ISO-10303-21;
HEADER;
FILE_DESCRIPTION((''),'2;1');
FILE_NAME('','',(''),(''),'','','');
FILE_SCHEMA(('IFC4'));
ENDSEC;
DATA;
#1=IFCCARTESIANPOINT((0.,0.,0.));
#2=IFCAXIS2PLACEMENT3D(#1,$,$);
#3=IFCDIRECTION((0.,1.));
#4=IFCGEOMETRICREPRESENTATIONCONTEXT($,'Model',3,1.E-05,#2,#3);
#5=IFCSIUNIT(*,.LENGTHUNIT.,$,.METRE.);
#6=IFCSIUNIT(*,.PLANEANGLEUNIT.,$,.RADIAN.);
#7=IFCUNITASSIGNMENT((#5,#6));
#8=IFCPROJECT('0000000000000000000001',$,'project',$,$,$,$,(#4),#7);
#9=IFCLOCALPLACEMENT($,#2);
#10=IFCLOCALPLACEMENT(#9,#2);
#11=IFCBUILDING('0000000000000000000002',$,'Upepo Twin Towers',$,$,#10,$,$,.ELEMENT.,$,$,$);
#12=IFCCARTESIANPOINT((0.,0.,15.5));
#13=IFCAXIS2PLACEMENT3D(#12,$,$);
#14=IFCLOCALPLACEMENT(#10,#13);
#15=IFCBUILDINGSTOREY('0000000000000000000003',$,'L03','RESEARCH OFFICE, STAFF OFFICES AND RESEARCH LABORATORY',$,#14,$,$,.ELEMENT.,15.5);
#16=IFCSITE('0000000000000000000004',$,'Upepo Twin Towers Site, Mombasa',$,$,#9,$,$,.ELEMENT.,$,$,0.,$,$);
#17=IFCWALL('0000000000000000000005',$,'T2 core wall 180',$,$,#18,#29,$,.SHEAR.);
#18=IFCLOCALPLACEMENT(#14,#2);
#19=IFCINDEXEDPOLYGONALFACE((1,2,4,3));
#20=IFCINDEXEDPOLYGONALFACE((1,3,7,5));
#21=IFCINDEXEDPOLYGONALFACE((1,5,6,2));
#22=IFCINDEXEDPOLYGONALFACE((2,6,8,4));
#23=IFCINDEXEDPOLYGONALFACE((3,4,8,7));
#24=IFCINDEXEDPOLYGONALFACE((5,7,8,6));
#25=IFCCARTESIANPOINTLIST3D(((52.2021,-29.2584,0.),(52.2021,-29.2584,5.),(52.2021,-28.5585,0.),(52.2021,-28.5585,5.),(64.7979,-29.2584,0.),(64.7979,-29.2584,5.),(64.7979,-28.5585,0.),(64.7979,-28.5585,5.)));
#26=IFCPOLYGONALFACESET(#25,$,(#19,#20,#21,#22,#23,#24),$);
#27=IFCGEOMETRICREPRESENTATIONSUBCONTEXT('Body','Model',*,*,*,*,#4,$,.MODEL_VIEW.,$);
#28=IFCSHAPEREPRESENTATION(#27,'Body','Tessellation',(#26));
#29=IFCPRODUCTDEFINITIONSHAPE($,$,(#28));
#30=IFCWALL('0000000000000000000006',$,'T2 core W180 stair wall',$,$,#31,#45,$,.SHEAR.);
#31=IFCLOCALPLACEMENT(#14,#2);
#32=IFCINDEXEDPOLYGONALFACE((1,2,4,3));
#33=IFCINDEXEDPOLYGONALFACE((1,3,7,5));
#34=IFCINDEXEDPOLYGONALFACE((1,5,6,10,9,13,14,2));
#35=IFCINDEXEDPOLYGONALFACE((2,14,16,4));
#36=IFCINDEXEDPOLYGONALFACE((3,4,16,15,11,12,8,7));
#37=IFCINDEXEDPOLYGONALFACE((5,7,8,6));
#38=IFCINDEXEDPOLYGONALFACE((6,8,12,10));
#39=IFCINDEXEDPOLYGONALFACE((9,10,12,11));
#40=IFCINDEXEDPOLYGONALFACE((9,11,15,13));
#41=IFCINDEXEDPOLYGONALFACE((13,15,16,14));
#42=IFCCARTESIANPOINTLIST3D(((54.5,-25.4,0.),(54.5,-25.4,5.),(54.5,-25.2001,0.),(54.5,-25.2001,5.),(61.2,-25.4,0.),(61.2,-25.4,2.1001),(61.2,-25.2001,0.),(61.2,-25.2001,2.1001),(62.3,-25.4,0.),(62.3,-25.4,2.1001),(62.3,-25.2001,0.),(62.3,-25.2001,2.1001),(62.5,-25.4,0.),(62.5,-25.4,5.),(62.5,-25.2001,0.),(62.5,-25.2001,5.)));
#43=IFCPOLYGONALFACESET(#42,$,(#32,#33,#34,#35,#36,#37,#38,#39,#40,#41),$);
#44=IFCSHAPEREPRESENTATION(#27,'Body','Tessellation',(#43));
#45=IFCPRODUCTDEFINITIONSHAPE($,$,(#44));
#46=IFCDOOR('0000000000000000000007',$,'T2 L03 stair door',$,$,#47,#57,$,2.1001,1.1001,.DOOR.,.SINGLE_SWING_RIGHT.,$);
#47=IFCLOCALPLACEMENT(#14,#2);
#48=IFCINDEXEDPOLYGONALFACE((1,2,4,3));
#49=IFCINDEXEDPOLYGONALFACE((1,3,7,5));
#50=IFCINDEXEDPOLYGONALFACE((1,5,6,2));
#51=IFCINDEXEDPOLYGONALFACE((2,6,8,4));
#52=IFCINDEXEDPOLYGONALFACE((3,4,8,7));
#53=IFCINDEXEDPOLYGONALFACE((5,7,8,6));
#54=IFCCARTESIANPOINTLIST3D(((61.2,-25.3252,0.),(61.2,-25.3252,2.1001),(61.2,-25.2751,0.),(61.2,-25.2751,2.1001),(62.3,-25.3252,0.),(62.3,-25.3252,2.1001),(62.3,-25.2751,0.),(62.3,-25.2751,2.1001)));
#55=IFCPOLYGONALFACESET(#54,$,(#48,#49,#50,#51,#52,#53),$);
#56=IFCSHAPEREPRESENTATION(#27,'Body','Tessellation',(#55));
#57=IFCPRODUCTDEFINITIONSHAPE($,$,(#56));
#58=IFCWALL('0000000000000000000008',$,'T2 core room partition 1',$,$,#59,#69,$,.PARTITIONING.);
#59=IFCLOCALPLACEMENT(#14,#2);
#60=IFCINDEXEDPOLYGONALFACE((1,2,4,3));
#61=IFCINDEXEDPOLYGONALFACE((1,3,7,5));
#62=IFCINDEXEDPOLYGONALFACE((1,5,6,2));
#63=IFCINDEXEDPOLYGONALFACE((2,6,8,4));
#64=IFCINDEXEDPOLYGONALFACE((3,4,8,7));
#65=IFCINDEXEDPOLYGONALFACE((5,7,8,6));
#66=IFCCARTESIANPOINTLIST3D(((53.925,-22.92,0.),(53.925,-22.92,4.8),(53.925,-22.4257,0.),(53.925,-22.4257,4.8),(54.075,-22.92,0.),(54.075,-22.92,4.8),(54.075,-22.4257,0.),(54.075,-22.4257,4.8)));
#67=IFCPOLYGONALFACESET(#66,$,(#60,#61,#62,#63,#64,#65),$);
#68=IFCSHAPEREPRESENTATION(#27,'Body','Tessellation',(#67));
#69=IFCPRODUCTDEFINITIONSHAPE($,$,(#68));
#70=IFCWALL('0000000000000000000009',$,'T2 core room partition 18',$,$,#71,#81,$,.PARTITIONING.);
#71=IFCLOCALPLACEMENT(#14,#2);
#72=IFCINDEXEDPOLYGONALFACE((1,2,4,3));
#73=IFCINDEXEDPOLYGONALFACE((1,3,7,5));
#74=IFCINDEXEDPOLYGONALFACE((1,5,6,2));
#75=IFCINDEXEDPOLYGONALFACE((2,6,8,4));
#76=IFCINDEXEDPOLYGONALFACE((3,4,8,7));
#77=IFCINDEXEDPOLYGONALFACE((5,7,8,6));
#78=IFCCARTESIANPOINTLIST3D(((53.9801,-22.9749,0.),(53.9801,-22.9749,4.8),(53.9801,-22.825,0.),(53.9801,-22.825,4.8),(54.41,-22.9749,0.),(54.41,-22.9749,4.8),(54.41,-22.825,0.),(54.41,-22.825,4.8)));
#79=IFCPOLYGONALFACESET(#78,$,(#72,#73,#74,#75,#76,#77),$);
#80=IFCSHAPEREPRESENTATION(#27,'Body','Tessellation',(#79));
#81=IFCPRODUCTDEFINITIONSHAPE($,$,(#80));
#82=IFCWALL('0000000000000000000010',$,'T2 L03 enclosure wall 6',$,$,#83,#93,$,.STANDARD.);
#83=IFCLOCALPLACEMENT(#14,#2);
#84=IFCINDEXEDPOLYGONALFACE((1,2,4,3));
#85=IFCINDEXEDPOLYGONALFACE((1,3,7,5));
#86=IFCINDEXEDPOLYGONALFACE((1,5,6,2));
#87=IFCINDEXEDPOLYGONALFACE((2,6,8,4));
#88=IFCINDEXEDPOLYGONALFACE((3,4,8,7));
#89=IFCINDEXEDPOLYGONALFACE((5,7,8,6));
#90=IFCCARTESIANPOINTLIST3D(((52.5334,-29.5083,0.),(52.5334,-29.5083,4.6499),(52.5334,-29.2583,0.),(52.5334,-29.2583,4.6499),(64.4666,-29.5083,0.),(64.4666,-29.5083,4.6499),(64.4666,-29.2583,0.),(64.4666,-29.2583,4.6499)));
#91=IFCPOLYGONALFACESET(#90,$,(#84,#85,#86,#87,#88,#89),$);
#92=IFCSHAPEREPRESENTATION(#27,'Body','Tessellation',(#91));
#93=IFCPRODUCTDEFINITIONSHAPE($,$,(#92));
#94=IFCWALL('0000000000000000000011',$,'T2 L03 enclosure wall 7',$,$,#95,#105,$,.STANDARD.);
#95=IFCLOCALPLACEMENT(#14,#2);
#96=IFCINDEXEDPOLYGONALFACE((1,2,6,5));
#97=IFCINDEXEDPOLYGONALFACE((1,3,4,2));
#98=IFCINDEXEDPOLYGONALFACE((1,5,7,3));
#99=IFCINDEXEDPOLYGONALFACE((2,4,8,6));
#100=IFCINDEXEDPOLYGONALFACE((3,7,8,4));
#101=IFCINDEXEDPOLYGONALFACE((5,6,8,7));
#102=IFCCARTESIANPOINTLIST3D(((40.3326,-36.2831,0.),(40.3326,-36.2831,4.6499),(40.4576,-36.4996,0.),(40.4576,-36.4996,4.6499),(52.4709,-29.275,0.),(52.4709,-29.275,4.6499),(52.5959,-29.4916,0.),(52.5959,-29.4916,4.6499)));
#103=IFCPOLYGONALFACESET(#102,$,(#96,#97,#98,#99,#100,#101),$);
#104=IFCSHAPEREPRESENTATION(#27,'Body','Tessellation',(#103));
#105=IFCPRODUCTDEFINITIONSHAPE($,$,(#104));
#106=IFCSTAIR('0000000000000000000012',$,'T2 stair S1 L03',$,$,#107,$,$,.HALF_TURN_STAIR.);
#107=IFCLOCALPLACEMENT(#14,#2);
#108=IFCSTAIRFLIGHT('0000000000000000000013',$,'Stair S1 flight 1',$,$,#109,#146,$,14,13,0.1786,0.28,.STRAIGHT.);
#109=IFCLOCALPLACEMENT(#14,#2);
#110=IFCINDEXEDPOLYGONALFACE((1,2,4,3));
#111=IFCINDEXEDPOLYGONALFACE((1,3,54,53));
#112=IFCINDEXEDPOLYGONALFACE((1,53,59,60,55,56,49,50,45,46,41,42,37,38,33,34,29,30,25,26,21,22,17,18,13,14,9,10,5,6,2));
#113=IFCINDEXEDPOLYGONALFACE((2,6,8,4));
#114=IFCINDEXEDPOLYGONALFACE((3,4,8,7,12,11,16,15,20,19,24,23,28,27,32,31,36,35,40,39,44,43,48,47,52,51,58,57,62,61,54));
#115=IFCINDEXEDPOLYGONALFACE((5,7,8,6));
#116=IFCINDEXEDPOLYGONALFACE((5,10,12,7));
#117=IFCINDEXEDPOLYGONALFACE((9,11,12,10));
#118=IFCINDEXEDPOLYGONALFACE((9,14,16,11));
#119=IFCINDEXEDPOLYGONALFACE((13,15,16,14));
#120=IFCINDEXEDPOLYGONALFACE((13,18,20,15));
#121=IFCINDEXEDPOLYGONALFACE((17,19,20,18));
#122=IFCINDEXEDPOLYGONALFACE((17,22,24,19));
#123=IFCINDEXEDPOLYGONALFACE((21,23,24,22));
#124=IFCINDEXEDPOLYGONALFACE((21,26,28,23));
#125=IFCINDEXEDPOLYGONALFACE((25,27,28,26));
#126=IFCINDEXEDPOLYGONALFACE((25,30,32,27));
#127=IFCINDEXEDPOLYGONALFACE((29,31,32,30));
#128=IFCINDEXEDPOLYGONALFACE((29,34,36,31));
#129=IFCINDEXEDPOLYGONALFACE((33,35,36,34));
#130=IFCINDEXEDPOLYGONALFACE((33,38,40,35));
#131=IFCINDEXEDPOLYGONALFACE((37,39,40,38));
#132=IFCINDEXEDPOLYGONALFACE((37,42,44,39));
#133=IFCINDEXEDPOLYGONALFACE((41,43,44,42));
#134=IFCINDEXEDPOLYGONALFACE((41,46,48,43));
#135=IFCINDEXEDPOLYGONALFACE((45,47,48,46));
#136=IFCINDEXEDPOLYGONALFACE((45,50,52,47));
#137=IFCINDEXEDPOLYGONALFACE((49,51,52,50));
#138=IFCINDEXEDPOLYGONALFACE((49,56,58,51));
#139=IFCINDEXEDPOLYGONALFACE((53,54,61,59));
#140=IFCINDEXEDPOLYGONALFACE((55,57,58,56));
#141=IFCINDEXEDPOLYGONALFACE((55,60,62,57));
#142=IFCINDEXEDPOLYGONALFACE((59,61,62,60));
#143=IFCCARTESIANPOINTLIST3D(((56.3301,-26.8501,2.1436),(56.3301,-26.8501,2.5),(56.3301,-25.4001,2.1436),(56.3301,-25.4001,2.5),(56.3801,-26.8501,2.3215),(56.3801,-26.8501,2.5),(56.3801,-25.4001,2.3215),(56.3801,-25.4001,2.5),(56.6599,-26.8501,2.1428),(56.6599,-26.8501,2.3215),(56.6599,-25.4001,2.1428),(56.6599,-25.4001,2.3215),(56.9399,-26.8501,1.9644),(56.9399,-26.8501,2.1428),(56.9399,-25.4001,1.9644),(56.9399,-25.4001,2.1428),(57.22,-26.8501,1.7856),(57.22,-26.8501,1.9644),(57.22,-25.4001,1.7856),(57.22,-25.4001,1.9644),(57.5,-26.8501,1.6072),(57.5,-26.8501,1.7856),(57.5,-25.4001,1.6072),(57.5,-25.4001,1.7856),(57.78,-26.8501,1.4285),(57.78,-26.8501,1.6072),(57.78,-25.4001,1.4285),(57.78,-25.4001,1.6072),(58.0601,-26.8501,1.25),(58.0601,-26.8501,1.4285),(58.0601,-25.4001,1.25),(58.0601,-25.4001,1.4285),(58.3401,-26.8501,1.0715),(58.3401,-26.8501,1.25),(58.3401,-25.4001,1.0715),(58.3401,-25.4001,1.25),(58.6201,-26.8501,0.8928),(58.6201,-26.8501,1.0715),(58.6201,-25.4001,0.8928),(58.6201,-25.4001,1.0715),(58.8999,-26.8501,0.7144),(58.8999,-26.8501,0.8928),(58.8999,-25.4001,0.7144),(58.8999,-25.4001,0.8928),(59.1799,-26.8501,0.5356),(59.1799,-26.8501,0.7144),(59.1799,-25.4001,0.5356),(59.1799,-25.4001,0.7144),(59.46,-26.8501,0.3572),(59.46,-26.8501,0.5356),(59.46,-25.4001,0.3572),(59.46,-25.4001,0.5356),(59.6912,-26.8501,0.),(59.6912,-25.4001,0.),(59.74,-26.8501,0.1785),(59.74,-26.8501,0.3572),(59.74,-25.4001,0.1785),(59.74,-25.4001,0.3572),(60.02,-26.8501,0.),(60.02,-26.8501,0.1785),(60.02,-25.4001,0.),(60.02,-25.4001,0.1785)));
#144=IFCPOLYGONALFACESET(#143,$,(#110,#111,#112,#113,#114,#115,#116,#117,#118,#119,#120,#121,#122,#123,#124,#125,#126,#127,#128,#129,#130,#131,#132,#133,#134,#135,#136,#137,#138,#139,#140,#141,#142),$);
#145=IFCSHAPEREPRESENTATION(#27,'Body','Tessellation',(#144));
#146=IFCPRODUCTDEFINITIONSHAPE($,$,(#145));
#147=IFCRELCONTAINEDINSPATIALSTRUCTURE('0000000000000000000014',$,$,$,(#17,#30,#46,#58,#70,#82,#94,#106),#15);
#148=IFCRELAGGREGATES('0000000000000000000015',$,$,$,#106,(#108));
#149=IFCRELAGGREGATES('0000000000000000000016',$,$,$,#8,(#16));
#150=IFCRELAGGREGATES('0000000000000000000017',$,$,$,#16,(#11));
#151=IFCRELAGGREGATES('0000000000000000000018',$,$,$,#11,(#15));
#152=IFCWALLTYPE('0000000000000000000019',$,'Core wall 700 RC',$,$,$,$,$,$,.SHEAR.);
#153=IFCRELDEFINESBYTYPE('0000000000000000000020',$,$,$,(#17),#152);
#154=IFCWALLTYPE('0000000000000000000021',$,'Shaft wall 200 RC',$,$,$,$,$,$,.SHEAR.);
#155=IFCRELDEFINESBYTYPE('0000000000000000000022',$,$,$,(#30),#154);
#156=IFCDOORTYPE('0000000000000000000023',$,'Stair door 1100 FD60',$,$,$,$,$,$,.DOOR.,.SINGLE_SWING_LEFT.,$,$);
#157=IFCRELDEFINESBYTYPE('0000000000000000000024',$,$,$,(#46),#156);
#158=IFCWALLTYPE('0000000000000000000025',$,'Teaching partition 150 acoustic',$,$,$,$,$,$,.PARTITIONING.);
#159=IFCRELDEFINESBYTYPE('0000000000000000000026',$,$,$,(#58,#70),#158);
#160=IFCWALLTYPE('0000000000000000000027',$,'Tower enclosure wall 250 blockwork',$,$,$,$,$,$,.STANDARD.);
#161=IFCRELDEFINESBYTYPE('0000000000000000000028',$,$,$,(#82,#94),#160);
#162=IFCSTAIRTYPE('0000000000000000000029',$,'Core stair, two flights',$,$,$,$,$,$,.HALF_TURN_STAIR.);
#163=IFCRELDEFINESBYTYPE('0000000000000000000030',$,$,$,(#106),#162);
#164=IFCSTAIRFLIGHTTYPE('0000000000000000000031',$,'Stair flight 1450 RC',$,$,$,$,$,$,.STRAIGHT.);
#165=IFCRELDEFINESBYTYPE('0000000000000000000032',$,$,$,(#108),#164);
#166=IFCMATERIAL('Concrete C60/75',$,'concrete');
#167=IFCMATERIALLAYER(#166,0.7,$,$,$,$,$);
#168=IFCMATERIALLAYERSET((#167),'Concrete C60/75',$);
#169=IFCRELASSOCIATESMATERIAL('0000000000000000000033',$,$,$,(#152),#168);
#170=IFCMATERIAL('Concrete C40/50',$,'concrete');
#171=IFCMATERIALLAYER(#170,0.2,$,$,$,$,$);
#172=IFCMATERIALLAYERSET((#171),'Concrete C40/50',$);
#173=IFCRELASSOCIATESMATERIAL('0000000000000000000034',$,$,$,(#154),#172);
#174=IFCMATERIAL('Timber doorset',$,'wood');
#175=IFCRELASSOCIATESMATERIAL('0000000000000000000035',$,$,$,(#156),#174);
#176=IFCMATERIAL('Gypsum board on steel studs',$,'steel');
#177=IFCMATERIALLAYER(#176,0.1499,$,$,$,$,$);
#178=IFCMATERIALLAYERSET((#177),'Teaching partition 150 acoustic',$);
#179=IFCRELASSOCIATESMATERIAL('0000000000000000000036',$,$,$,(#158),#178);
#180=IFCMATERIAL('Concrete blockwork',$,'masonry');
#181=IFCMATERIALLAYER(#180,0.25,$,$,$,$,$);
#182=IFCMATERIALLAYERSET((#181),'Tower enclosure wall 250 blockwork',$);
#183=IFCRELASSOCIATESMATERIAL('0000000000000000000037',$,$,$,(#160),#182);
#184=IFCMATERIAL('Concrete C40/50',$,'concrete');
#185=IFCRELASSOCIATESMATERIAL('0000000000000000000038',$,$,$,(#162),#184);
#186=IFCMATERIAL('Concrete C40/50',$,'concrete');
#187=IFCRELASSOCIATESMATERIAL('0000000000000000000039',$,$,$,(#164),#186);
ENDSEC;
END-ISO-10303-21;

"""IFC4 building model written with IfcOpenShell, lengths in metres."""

from ifc_helpers import new_model, si_unit, direction, frame, frame_2d, origin, place, context, subcontext, project, spatial, polyline, rectangle, outline, extrude, material, layer, layer_set, type_object, element, fill, aggregate, save


model = new_model("IFC4")

# Units and contexts
model_context = context("Model", 3, precision=1e-05, world=origin(), true_north=direction((0.0, 1.0)))
body_context = subcontext(model_context, "Body", "Model", "MODEL_VIEW")
ifc_project = project(units=[si_unit("LENGTHUNIT", "METRE"), si_unit("PLANEANGLEUNIT", "RADIAN")], contexts=[model_context])

# Site, building, storey
site_placement = place(None, origin())
site = spatial("IfcSite", under=ifc_project, at=site_placement, Name="Upepo Twin Towers Site, Mombasa", CompositionType="ELEMENT", RefElevation=0.0)
building_placement = place(site_placement, origin())
building = spatial("IfcBuilding", under=site, at=building_placement, Name="Upepo Twin Towers", CompositionType="ELEMENT")
storey_placement = place(building_placement, frame((0.0, 0.0, 15.5)))
storey = spatial("IfcBuildingStorey", under=building, at=storey_placement, Name="L03", Description="RESEARCH OFFICE, STAFF OFFICES AND RESEARCH LABORATORY", CompositionType="ELEMENT", Elevation=15.5)

# Wall
ifc_material_1 = material(Name="Concrete C60/75", Category="concrete")
ifc_layer_1 = layer(ifc_material_1, 0.7)
ifc_layer_set_1 = layer_set([ifc_layer_1], Name="Concrete C60/75")
wall_type_1 = type_object("IfcWallType", Name="Core wall 700 RC", PredefinedType="SHEAR", material=ifc_layer_set_1)
wall_1_placement = place(storey_placement, frame((52.2021, -28.9084, 0.0), z_axis=(0.0, 0.0, 1.0), x_axis=(1.0, 0.0, 0.0)))
element("IfcWall", 1, at=wall_1_placement, inside=storey, type_object=wall_type_1, Name="T2 core wall 180", PredefinedType="SHEAR", context=body_context, shape_type="SweptSolid", body=[
    extrude(rectangle(XDim=12.5957, YDim=0.7, at=frame_2d((6.2979, 0.0))), origin(), (0.0, 0.0, 1.0), 5.0),
])

# Wall, opening, door
ifc_material_2 = material(Name="Concrete C40/50", Category="concrete")
ifc_layer_2 = layer(ifc_material_2, 0.2)
ifc_layer_set_2 = layer_set([ifc_layer_2], Name="Concrete C40/50")
wall_type_2 = type_object("IfcWallType", Name="Shaft wall 200 RC", PredefinedType="SHEAR", material=ifc_layer_set_2)
wall_2_placement = place(storey_placement, frame((54.5, -25.3, 0.0), z_axis=(0.0, 0.0, 1.0), x_axis=(1.0, 0.0, 0.0)))
wall_2 = element("IfcWall", 2, at=wall_2_placement, inside=storey, type_object=wall_type_2, Name="T2 core W180 stair wall", PredefinedType="SHEAR", context=body_context, shape_type="SweptSolid", body=[
    extrude(rectangle(XDim=8.0, YDim=0.2, at=frame_2d((4.0, 0.0))), origin(), (0.0, 0.0, 1.0), 5.0),
])
opening_placement = place(wall_2_placement, frame((6.7, 0.0, 0.0)))
opening = element("IfcOpeningElement", 3, at=opening_placement, cuts=wall_2, PredefinedType="OPENING", context=body_context, shape_type="SweptSolid", body=[
    extrude(rectangle(XDim=1.1001, YDim=2.1001, at=frame_2d((0.55, 1.05))), frame((0.0, 0.1099, 0.0), z_axis=(0.0, -1.0, 0.0), x_axis=(1.0, 0.0, 0.0)), (0.0, 0.0, 1.0), 0.22),
])
ifc_material_3 = material(Name="Timber doorset", Category="wood")
door_type = type_object("IfcDoorType", Name="Stair door 1100 FD60", OperationType="SINGLE_SWING_LEFT", PredefinedType="DOOR", material=ifc_material_3)
door_placement = place(opening_placement, origin())
door = element("IfcDoor", 4, at=door_placement, inside=storey, type_object=door_type, Name="T2 L03 stair door", OperationType="SINGLE_SWING_RIGHT", OverallHeight=2.1001, OverallWidth=1.1001, PredefinedType="DOOR", context=body_context, shape_type="SweptSolid", body=[
    extrude(rectangle(XDim=1.1001, YDim=2.1001, at=frame_2d((0.55, 1.05))), frame((0.0, 0.0249, 0.0), z_axis=(0.0, -1.0, 0.0), x_axis=(1.0, 0.0, 0.0)), (0.0, 0.0, 1.0), 0.05),
])
fill(opening, door)

# Walls
ifc_material_4 = material(Name="Gypsum board on steel studs", Category="steel")
ifc_layer_3 = layer(ifc_material_4, 0.1499)
ifc_layer_set_3 = layer_set([ifc_layer_3], Name="Teaching partition 150 acoustic")
wall_type_3 = type_object("IfcWallType", Name="Teaching partition 150 acoustic", PredefinedType="PARTITIONING", material=ifc_layer_set_3)
wall_3_placement = place(storey_placement, frame((54.0, -22.9199, 0.0), z_axis=(0.0, 0.0, 1.0), x_axis=(0.0, 1.0, 0.0)))
element("IfcWall", 5, at=wall_3_placement, inside=storey, type_object=wall_type_3, Name="T2 core room partition 1", PredefinedType="PARTITIONING", context=body_context, shape_type="SweptSolid", body=[
    extrude(rectangle(XDim=0.4944, YDim=0.1499, at=frame_2d((0.2471, 0.0))), origin(), (0.0, 0.0, 1.0), 4.8),
])
wall_4_placement = place(storey_placement, frame((54.4099, -22.8999, 0.0), z_axis=(0.0, 0.0, 1.0), x_axis=(-1.0, 0.0, 0.0)))
element("IfcWall", 6, at=wall_4_placement, inside=storey, type_object=wall_type_3, Name="T2 core room partition 18", PredefinedType="PARTITIONING", context=body_context, shape_type="SweptSolid", body=[
    extrude(rectangle(XDim=0.4299, YDim=0.1499, at=frame_2d((0.2148, 0.0))), origin(), (0.0, 0.0, 1.0), 4.8),
])
ifc_material_5 = material(Name="Concrete blockwork", Category="masonry")
ifc_layer_4 = layer(ifc_material_5, 0.25)
ifc_layer_set_4 = layer_set([ifc_layer_4], Name="Tower enclosure wall 250 blockwork")
wall_type_4 = type_object("IfcWallType", Name="Tower enclosure wall 250 blockwork", PredefinedType="STANDARD", material=ifc_layer_set_4)
wall_5_placement = place(storey_placement, frame((64.4666, -29.3833, 0.0), z_axis=(0.0, 0.0, 1.0), x_axis=(-1.0, 0.0, 0.0)))
element("IfcWall", 7, at=wall_5_placement, inside=storey, type_object=wall_type_4, Name="T2 L03 enclosure wall 6", PredefinedType="STANDARD", context=body_context, shape_type="SweptSolid", body=[
    extrude(rectangle(XDim=11.9331, YDim=0.25, at=frame_2d((5.9666, 0.0))), origin(), (0.0, 0.0, 1.0), 4.6499),
])
wall_6_placement = place(storey_placement, frame((52.5334, -29.3833, 0.0), z_axis=(0.0, 0.0, 1.0), x_axis=(-0.866028, -0.499996, 0.0)))
element("IfcWall", 8, at=wall_6_placement, inside=storey, type_object=wall_type_4, Name="T2 L03 enclosure wall 7", PredefinedType="STANDARD", context=body_context, shape_type="SweptSolid", body=[
    extrude(rectangle(XDim=14.0161, YDim=0.25, at=frame_2d((7.0081, 0.0))), origin(), (0.0, 0.0, 1.0), 4.6499),
])

# Stair, stair flight
ifc_material_6 = material(Name="Concrete C40/50", Category="concrete")
stair_type = type_object("IfcStairType", Name="Core stair, two flights", PredefinedType="HALF_TURN_STAIR", material=ifc_material_6)
stair_placement = place(storey_placement, origin())
stair = element("IfcStair", 9, at=stair_placement, inside=storey, type_object=stair_type, Name="T2 stair S1 L03", PredefinedType="HALF_TURN_STAIR")
ifc_material_7 = material(Name="Concrete C40/50", Category="concrete")
stair_flight_type = type_object("IfcStairFlightType", Name="Stair flight 1450 RC", PredefinedType="STRAIGHT", material=ifc_material_7)
stair_flight_1_placement = place(storey_placement, frame((60.02, -26.125, 0.0), z_axis=(0.0, 0.0, 1.0), x_axis=(-1.0, 0.0, 0.0)))
stair_flight_1 = element("IfcStairFlight", 10, at=stair_flight_1_placement, type_object=stair_flight_type, Name="Stair S1 flight 1", NumberOfRisers=14, NumberOfTreads=13, PredefinedType="STRAIGHT", RiserHeight=0.1786, TreadLength=0.28, context=body_context, shape_type="SweptSolid", body=[
    extrude(outline(polyline([(0.0, 0.0), (0.0, 0.1785), (0.28, 0.1785), (0.28, 0.3572), (0.5601, 0.3572), (0.5601, 0.5356), (0.8401, 0.5356), (0.8401, 0.7144), (1.1201, 0.7144), (1.1201, 0.8928), (1.3999, 0.8928), (1.3999, 1.0715), (1.6799, 1.0715), (1.6799, 1.25), (1.96, 1.25), (1.96, 1.4285), (2.24, 1.4285), (2.24, 1.6072), (2.52, 1.6072), (2.52, 1.7856), (2.8, 1.7856), (2.8, 1.9644), (3.0801, 1.9644), (3.0801, 2.1428), (3.3601, 2.1428), (3.3601, 2.3215), (3.6399, 2.3215), (3.6399, 2.5), (3.6899, 2.5), (3.6899, 2.1436), (0.3289, 0.0), (0.0, 0.0)])), frame((0.0, 0.7251, 0.0), z_axis=(0.0, -1.0, 0.0), x_axis=(1.0, 0.0, 0.0)), (0.0, 0.0, 1.0), 1.45),
])
aggregate(stair, [stair_flight_1])

save(model, "model.ifc")
